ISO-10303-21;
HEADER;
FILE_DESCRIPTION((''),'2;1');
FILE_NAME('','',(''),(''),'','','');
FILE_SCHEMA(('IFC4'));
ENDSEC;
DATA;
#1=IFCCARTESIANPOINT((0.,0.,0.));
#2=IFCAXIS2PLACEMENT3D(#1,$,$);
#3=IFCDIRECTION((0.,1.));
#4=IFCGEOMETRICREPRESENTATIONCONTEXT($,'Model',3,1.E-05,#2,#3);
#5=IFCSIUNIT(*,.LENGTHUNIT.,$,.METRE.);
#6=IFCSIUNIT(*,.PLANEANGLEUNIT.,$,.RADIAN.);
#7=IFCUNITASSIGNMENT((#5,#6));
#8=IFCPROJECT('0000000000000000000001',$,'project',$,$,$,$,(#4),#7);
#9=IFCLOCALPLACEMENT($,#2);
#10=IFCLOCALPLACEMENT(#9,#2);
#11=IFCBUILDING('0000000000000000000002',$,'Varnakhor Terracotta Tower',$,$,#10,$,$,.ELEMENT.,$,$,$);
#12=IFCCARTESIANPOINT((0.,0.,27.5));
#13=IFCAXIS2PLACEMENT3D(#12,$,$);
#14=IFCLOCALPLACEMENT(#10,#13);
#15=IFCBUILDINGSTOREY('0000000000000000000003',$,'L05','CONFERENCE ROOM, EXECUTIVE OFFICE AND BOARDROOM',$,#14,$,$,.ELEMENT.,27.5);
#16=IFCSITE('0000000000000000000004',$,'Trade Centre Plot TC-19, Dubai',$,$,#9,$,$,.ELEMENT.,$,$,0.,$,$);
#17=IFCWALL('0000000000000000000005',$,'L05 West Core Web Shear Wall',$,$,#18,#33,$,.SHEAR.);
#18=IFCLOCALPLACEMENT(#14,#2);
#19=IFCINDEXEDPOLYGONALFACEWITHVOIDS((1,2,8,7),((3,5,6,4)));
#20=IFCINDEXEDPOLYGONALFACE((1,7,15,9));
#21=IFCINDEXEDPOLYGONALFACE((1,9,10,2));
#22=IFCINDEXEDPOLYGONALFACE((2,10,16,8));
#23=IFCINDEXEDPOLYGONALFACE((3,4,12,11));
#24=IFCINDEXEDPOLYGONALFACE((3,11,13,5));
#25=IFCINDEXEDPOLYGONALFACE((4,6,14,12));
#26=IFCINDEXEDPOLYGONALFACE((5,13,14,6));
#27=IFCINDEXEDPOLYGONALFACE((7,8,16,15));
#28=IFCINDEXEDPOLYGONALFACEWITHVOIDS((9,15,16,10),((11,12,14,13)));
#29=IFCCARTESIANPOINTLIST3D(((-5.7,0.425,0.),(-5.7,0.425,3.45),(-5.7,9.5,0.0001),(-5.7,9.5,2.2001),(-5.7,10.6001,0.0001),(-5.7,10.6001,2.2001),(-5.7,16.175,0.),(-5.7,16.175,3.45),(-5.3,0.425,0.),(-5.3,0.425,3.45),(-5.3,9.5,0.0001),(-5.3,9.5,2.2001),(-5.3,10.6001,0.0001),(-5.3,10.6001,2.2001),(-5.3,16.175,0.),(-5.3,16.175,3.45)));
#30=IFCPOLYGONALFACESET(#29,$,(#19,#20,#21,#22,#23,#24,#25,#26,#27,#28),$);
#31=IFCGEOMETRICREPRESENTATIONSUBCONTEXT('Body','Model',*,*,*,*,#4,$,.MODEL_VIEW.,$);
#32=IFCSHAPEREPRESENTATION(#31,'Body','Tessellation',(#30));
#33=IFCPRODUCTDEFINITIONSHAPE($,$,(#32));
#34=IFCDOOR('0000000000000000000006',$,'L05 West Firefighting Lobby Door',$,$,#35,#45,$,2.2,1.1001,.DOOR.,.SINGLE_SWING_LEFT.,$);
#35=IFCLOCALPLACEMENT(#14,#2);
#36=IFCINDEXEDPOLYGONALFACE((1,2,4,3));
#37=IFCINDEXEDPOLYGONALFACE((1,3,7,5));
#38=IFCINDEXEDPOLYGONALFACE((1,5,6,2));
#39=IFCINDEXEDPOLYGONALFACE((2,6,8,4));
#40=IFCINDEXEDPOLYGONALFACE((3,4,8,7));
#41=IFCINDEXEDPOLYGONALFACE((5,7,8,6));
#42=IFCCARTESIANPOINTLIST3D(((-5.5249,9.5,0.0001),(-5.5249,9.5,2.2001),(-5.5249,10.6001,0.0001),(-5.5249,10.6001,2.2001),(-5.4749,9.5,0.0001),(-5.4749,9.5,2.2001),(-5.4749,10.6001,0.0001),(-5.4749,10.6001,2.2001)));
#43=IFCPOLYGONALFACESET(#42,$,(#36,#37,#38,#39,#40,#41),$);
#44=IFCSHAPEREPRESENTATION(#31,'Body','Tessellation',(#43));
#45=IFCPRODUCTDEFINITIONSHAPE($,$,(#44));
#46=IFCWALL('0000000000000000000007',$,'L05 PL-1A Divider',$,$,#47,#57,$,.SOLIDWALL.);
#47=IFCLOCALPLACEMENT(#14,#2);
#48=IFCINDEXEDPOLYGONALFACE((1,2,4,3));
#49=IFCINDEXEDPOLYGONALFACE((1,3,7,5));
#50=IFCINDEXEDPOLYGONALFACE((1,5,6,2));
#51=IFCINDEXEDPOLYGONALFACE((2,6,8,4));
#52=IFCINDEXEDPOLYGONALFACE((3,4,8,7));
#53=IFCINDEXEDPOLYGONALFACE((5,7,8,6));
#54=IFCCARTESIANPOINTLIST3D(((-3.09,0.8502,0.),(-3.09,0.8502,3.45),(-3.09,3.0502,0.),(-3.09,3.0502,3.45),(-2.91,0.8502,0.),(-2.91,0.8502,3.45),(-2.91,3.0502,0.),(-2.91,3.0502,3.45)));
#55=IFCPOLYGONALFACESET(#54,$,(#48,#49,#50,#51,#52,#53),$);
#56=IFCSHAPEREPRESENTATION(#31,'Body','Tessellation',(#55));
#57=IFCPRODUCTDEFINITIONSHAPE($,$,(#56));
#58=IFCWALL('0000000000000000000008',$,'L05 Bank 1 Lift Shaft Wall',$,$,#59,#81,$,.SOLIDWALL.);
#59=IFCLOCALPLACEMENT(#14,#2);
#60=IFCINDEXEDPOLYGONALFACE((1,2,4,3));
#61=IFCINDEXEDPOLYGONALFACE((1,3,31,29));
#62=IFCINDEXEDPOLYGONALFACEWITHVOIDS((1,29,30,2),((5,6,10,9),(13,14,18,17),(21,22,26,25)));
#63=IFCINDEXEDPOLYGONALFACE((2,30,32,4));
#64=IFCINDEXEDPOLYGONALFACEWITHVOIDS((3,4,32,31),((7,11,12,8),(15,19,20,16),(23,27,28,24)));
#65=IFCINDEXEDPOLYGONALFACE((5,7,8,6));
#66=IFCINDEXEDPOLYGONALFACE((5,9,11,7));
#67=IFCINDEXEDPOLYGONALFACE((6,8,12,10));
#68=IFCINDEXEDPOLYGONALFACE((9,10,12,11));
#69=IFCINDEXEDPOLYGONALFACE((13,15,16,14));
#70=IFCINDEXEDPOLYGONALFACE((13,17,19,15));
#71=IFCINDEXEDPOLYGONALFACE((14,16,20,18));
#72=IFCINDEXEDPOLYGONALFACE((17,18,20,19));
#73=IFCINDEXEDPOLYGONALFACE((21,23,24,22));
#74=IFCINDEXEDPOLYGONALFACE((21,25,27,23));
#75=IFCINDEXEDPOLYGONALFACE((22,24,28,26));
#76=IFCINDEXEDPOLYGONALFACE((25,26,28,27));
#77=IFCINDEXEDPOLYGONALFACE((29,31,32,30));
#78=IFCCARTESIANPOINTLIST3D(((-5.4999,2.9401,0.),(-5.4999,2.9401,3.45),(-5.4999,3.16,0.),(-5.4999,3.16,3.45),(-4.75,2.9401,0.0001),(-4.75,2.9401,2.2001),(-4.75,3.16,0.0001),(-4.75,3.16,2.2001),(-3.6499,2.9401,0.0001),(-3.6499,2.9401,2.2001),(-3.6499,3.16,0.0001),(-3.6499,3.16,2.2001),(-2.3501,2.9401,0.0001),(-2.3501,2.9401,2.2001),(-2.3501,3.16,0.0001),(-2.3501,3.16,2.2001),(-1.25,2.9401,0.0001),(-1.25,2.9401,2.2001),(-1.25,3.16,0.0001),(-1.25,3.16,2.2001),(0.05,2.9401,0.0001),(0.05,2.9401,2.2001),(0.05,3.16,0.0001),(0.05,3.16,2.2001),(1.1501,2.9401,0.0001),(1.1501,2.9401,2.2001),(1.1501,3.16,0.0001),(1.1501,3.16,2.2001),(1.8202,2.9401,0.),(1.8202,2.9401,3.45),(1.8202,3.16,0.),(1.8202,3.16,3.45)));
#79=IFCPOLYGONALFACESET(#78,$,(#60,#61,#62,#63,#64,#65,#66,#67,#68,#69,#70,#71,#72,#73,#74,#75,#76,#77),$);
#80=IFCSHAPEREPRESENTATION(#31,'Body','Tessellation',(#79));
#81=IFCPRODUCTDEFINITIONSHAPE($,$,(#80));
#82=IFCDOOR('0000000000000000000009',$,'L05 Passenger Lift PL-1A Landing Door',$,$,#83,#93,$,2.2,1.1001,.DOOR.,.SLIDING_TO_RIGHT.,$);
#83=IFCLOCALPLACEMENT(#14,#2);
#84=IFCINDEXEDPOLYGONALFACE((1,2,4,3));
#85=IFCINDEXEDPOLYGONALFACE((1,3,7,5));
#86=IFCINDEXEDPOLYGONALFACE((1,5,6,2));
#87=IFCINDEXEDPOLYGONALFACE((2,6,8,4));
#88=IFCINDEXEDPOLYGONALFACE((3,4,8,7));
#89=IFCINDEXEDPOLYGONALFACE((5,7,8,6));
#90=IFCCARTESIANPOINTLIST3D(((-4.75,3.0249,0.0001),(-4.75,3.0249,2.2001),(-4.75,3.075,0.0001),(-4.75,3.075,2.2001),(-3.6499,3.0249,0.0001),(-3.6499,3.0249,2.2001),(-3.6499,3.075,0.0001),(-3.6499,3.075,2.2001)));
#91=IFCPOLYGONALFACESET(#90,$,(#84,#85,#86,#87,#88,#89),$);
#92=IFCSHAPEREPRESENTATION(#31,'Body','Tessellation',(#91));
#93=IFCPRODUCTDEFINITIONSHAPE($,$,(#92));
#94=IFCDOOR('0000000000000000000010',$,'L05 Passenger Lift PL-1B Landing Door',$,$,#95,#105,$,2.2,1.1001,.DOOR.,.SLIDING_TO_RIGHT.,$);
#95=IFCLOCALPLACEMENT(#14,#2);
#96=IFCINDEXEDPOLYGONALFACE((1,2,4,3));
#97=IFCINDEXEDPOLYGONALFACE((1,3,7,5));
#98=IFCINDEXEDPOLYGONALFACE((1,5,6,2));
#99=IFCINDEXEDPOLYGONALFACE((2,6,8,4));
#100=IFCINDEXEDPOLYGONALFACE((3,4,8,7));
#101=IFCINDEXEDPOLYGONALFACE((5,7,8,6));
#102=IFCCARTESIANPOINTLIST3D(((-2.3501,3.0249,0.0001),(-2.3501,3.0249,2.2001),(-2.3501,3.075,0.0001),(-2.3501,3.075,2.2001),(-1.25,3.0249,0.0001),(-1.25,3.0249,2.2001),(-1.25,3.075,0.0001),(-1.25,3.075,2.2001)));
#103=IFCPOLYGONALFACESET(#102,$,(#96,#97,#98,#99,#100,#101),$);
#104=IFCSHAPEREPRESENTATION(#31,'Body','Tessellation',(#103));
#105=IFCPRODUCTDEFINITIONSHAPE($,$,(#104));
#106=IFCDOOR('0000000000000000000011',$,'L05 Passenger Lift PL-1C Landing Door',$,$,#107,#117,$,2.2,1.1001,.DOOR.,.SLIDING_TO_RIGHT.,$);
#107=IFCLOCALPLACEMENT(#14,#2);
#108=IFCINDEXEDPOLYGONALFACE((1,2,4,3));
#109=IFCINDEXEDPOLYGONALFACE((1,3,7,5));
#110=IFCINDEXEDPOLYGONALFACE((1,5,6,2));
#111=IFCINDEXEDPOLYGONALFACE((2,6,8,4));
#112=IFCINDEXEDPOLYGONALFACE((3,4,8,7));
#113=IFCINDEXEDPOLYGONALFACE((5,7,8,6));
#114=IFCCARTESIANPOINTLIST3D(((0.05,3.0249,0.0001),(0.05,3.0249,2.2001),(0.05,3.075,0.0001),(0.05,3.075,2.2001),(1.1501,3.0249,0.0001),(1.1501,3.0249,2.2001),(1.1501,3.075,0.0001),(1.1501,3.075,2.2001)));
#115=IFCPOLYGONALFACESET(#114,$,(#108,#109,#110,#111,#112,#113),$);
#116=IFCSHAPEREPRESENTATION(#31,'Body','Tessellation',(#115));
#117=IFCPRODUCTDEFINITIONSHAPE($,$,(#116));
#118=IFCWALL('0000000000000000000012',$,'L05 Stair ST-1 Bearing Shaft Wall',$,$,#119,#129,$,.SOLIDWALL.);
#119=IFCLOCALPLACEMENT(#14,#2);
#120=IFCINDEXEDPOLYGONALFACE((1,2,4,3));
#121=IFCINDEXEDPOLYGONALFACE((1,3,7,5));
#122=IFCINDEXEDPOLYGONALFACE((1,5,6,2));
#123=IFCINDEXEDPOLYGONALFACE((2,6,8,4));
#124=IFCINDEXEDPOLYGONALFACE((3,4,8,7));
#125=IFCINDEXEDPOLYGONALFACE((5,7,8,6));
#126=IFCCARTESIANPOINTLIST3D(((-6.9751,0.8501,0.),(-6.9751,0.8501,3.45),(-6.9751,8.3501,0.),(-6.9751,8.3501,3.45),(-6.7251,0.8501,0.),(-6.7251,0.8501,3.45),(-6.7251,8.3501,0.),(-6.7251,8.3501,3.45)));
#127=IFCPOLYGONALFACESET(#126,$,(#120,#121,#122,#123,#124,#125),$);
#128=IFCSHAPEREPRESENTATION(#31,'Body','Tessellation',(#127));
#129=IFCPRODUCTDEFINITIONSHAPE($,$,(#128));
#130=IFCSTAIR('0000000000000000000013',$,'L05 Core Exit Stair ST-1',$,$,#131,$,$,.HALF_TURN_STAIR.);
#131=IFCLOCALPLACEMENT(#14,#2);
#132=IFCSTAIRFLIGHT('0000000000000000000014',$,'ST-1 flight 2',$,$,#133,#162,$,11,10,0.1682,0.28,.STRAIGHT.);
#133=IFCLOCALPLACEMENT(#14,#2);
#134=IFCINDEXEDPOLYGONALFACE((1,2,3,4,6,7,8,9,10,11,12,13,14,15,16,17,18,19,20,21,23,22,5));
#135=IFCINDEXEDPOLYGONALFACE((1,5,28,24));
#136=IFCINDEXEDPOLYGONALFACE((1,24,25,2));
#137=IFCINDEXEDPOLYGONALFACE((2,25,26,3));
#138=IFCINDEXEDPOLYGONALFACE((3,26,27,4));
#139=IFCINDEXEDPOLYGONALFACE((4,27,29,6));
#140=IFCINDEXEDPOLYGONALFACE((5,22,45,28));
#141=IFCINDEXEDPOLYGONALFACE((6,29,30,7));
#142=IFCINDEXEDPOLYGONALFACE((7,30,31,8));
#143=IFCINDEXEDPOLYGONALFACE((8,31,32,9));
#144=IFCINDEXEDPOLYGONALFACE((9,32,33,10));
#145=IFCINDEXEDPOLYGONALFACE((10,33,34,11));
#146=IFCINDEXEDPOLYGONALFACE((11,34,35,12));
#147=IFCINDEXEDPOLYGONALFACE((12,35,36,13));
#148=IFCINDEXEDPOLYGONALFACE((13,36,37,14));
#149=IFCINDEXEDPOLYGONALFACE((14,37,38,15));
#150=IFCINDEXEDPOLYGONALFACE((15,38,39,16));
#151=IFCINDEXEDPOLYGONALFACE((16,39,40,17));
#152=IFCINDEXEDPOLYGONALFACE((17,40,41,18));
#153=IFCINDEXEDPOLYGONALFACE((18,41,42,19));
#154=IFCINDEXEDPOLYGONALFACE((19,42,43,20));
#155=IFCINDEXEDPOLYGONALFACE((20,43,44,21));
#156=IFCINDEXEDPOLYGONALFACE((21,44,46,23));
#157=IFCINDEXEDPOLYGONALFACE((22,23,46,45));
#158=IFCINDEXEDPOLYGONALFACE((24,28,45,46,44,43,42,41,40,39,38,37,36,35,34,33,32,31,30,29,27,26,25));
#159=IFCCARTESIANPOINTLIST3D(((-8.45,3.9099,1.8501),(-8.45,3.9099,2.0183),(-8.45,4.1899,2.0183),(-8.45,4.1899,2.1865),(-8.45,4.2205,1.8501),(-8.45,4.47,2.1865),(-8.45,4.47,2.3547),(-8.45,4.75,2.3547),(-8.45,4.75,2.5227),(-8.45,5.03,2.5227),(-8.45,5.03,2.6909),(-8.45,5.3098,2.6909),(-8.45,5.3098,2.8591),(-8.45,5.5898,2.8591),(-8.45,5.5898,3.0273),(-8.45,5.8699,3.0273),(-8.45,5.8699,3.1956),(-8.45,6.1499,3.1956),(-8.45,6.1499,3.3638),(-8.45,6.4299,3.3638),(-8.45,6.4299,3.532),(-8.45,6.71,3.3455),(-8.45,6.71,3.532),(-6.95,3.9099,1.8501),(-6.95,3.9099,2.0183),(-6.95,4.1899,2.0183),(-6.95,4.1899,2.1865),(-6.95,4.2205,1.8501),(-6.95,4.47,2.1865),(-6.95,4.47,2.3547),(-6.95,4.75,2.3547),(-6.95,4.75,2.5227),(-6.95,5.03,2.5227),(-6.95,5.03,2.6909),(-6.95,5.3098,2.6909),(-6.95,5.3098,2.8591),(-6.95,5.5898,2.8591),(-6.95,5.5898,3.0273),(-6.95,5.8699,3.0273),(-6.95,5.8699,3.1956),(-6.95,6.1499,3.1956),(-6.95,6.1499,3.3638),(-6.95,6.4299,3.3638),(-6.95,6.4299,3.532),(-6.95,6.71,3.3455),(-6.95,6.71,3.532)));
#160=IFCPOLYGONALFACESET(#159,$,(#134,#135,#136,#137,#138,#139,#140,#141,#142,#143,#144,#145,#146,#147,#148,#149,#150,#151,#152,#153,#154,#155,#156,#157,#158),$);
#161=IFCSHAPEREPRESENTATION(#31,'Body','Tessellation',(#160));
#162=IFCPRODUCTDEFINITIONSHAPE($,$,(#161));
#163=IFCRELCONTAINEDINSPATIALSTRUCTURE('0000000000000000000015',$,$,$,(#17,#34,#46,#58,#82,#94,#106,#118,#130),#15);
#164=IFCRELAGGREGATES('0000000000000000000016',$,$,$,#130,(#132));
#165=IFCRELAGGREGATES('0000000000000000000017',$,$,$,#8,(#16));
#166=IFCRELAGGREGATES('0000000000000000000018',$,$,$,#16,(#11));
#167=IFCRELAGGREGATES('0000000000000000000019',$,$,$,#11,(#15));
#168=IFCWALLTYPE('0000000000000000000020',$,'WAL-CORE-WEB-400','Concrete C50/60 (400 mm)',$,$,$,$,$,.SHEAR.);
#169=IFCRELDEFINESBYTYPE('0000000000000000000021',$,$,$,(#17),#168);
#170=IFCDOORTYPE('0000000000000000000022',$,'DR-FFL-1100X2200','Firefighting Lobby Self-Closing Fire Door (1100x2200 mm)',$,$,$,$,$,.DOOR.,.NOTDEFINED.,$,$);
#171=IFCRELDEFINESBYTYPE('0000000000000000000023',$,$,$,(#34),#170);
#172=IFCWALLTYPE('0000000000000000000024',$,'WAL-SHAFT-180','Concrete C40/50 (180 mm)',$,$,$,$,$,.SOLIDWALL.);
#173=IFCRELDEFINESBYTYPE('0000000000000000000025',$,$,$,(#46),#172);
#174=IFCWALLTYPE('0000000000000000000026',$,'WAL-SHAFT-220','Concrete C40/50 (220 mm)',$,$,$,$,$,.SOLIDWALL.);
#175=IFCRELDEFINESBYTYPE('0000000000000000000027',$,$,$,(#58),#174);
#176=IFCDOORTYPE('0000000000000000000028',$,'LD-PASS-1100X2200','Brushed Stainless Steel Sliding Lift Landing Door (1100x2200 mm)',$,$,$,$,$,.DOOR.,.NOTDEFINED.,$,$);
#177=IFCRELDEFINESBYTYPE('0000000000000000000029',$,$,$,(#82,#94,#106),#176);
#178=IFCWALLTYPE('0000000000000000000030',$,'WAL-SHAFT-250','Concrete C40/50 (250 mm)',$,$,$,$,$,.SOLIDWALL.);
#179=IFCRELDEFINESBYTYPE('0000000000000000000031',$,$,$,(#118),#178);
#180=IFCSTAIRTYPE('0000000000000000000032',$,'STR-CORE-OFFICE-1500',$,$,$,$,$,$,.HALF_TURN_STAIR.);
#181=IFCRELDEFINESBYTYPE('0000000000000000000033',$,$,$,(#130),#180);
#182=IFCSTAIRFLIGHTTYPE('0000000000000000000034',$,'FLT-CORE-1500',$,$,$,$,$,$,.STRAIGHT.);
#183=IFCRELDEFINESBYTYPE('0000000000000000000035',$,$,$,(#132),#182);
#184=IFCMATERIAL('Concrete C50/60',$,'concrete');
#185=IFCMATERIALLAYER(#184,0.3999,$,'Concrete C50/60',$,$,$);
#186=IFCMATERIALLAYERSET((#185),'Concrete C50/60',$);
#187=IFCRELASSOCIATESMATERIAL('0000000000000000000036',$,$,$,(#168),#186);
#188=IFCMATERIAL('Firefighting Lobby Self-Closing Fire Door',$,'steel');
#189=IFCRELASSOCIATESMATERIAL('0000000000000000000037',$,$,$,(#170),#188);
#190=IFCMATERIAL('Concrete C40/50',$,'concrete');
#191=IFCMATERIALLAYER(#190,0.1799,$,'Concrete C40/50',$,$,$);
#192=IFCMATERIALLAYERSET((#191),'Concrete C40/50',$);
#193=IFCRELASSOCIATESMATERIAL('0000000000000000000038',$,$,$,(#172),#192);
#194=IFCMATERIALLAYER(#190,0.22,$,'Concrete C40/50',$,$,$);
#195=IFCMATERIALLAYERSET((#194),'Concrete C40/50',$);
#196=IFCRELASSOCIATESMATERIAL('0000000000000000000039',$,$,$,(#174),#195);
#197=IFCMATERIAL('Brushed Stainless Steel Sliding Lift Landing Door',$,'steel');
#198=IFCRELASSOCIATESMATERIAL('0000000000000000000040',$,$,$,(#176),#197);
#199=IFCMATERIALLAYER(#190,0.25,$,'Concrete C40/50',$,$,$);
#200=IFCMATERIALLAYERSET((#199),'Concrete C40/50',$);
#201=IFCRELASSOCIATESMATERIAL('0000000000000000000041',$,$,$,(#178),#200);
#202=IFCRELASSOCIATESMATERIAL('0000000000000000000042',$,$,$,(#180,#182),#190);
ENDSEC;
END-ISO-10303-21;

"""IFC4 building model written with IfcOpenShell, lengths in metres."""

from ifc_helpers import new_model, si_unit, direction, frame, frame_2d, origin, place, context, subcontext, project, spatial, polyline, rectangle, outline, extrude, source, transform, mapped, material, layer, layer_set, type_object, type_shapes, element, fill, aggregate, save


model = new_model("IFC4")

# Units and contexts
model_context = context("Model", 3, precision=1e-05, world=origin(), true_north=direction((0.0, 1.0)))
body_context = subcontext(model_context, "Body", "Model", "MODEL_VIEW")
ifc_project = project(units=[si_unit("LENGTHUNIT", "METRE"), si_unit("PLANEANGLEUNIT", "RADIAN")], contexts=[model_context])

# Site, building, storey
site_placement = place(None, origin())
site = spatial("IfcSite", under=ifc_project, at=site_placement, Name="Trade Centre Plot TC-19, Dubai", CompositionType="ELEMENT", RefElevation=0.0)
building_placement = place(site_placement, origin())
building = spatial("IfcBuilding", under=site, at=building_placement, Name="Varnakhor Terracotta Tower", CompositionType="ELEMENT")
storey_placement = place(building_placement, frame((0.0, 0.0, 27.5)))
storey = spatial("IfcBuildingStorey", under=building, at=storey_placement, Name="L05", Description="CONFERENCE ROOM, EXECUTIVE OFFICE AND BOARDROOM", CompositionType="ELEMENT", Elevation=27.5)

# Shared definitions
ifc_material_1 = material(Name="Concrete C50/60", Category="concrete")

# Wall, opening, door
ifc_layer_1 = layer(ifc_material_1, 0.3999, Name="Concrete C50/60")
ifc_layer_set_1 = layer_set([ifc_layer_1], Name="Concrete C50/60")
wall_type_1 = type_object("IfcWallType", Name="WAL-CORE-WEB-400", Description="Concrete C50/60 (400 mm)", PredefinedType="SHEAR", material=ifc_layer_set_1)
wall_1_placement = place(storey_placement, frame((-5.5, 0.425, 0.0), z_axis=(0.0, 0.0, 1.0), x_axis=(0.0, 1.0, 0.0)))
wall_1 = element("IfcWall", 1, at=wall_1_placement, inside=storey, type_object=wall_type_1, Name="L05 West Core Web Shear Wall", PredefinedType="SHEAR", context=body_context, shape_type="SweptSolid", body=[
    extrude(rectangle(XDim=15.75, YDim=0.3999, at=frame_2d((7.875, 0.0))), origin(), (0.0, 0.0, 1.0), 3.45),
])
opening_1_placement = place(wall_1_placement, frame((9.075, 0.0, 0.0)))
opening_1 = element("IfcOpeningElement", 2, at=opening_1_placement, cuts=wall_1, PredefinedType="OPENING", context=body_context, shape_type="SweptSolid", body=[
    extrude(rectangle(XDim=1.1001, YDim=2.2, at=frame_2d((0.55, 1.1001))), frame((0.0, 0.21, 0.0), z_axis=(0.0, -1.0, 0.0), x_axis=(1.0, 0.0, 0.0)), (0.0, 0.0, 1.0), 0.4199),
])
ifc_material_2 = material(Name="Firefighting Lobby Self-Closing Fire Door", Category="steel")
door_type_1 = type_object("IfcDoorType", Name="DR-FFL-1100X2200", Description="Firefighting Lobby Self-Closing Fire Door (1100x2200 mm)", OperationType="NOTDEFINED", PredefinedType="DOOR", material=ifc_material_2)
shared_shape_1 = source(origin(), body_context, "Body", "SweptSolid", [
    extrude(rectangle(XDim=1.1001, YDim=2.2, at=frame_2d((0.55, 1.1001))), frame((0.0, 0.0249, 0.0), z_axis=(0.0, -1.0, 0.0), x_axis=(1.0, 0.0, 0.0)), (0.0, 0.0, 1.0), 0.05),
])
type_shapes(door_type_1, [shared_shape_1])
door_1_placement = place(opening_1_placement, origin())
door_1 = element("IfcDoor", 3, at=door_1_placement, inside=storey, type_object=door_type_1, Name="L05 West Firefighting Lobby Door", OperationType="SINGLE_SWING_LEFT", OverallHeight=2.2, OverallWidth=1.1001, PredefinedType="DOOR", context=body_context, shape_type="MappedRepresentation", body=[
    mapped(shared_shape_1, transform((0.0, 0.0, 0.0), scale=1.0)),
])
fill(opening_1, door_1)

# Wall
ifc_material_3 = material(Name="Concrete C40/50", Category="concrete")
ifc_layer_2 = layer(ifc_material_3, 0.1799, Name="Concrete C40/50")
ifc_layer_set_2 = layer_set([ifc_layer_2], Name="Concrete C40/50")
wall_type_2 = type_object("IfcWallType", Name="WAL-SHAFT-180", Description="Concrete C40/50 (180 mm)", PredefinedType="SOLIDWALL", material=ifc_layer_set_2)
wall_2_placement = place(storey_placement, frame((-3.0, 0.8501, 0.0), z_axis=(0.0, 0.0, 1.0), x_axis=(0.0, 1.0, 0.0)))
element("IfcWall", 4, at=wall_2_placement, inside=storey, type_object=wall_type_2, Name="L05 PL-1A Divider", PredefinedType="SOLIDWALL", context=body_context, shape_type="SweptSolid", body=[
    extrude(rectangle(XDim=2.2, YDim=0.1799, at=frame_2d((1.1001, 0.0))), origin(), (0.0, 0.0, 1.0), 3.45),
])

# Wall, openings, doors
ifc_layer_3 = layer(ifc_material_3, 0.22, Name="Concrete C40/50")
ifc_layer_set_3 = layer_set([ifc_layer_3], Name="Concrete C40/50")
wall_type_3 = type_object("IfcWallType", Name="WAL-SHAFT-220", Description="Concrete C40/50 (220 mm)", PredefinedType="SOLIDWALL", material=ifc_layer_set_3)
wall_3_placement = place(storey_placement, frame((-5.5, 3.05, 0.0), z_axis=(0.0, 0.0, 1.0), x_axis=(1.0, 0.0, 0.0)))
wall_3 = element("IfcWall", 5, at=wall_3_placement, inside=storey, type_object=wall_type_3, Name="L05 Bank 1 Lift Shaft Wall", PredefinedType="SOLIDWALL", context=body_context, shape_type="SweptSolid", body=[
    extrude(rectangle(XDim=7.3201, YDim=0.22, at=frame_2d((3.6602, 0.0))), origin(), (0.0, 0.0, 1.0), 3.45),
])
opening_2_placement = place(wall_3_placement, frame((0.75, 0.0, 0.0)))
opening_2 = element("IfcOpeningElement", 6, at=opening_2_placement, cuts=wall_3, PredefinedType="OPENING", context=body_context, shape_type="SweptSolid", body=[
    extrude(rectangle(XDim=1.1001, YDim=2.2, at=frame_2d((0.55, 1.1001))), frame((0.0, 0.1201, 0.0), z_axis=(0.0, -1.0, 0.0), x_axis=(1.0, 0.0, 0.0)), (0.0, 0.0, 1.0), 0.24),
])
opening_3_placement = place(wall_3_placement, frame((3.1499, 0.0, 0.0)))
opening_3 = element("IfcOpeningElement", 7, at=opening_3_placement, cuts=wall_3, PredefinedType="OPENING", context=body_context, shape_type="SweptSolid", body=[
    extrude(rectangle(XDim=1.1001, YDim=2.2, at=frame_2d((0.55, 1.1001))), frame((0.0, 0.1201, 0.0), z_axis=(0.0, -1.0, 0.0), x_axis=(1.0, 0.0, 0.0)), (0.0, 0.0, 1.0), 0.24),
])
opening_4_placement = place(wall_3_placement, frame((5.55, 0.0, 0.0)))
opening_4 = element("IfcOpeningElement", 8, at=opening_4_placement, cuts=wall_3, PredefinedType="OPENING", context=body_context, shape_type="SweptSolid", body=[
    extrude(rectangle(XDim=1.1001, YDim=2.2, at=frame_2d((0.55, 1.1001))), frame((0.0, 0.1201, 0.0), z_axis=(0.0, -1.0, 0.0), x_axis=(1.0, 0.0, 0.0)), (0.0, 0.0, 1.0), 0.24),
])
ifc_material_4 = material(Name="Brushed Stainless Steel Sliding Lift Landing Door", Category="steel")
door_type_2 = type_object("IfcDoorType", Name="LD-PASS-1100X2200", Description="Brushed Stainless Steel Sliding Lift Landing Door (1100x2200 mm)", OperationType="NOTDEFINED", PredefinedType="DOOR", material=ifc_material_4)
shared_shape_2 = source(origin(), body_context, "Body", "SweptSolid", [
    extrude(rectangle(XDim=1.1001, YDim=2.2, at=frame_2d((0.55, 1.1001))), frame((0.0, 0.0249, 0.0), z_axis=(0.0, -1.0, 0.0), x_axis=(1.0, 0.0, 0.0)), (0.0, 0.0, 1.0), 0.05),
])
type_shapes(door_type_2, [shared_shape_2])
door_2_placement = place(opening_2_placement, origin())
door_2 = element("IfcDoor", 9, at=door_2_placement, inside=storey, type_object=door_type_2, Name="L05 Passenger Lift PL-1A Landing Door", OperationType="SLIDING_TO_RIGHT", OverallHeight=2.2, OverallWidth=1.1001, PredefinedType="DOOR", context=body_context, shape_type="MappedRepresentation", body=[
    mapped(shared_shape_2, transform((0.0, 0.0, 0.0), scale=1.0)),
])
fill(opening_2, door_2)
door_3_placement = place(opening_3_placement, origin())
door_3 = element("IfcDoor", 10, at=door_3_placement, inside=storey, type_object=door_type_2, Name="L05 Passenger Lift PL-1B Landing Door", OperationType="SLIDING_TO_RIGHT", OverallHeight=2.2, OverallWidth=1.1001, PredefinedType="DOOR", context=body_context, shape_type="MappedRepresentation", body=[
    mapped(shared_shape_2, transform((0.0, 0.0, 0.0), scale=1.0)),
])
fill(opening_3, door_3)
door_4_placement = place(opening_4_placement, origin())
door_4 = element("IfcDoor", 11, at=door_4_placement, inside=storey, type_object=door_type_2, Name="L05 Passenger Lift PL-1C Landing Door", OperationType="SLIDING_TO_RIGHT", OverallHeight=2.2, OverallWidth=1.1001, PredefinedType="DOOR", context=body_context, shape_type="MappedRepresentation", body=[
    mapped(shared_shape_2, transform((0.0, 0.0, 0.0), scale=1.0)),
])
fill(opening_4, door_4)

# Wall
ifc_layer_4 = layer(ifc_material_3, 0.25, Name="Concrete C40/50")
ifc_layer_set_4 = layer_set([ifc_layer_4], Name="Concrete C40/50")
wall_type_4 = type_object("IfcWallType", Name="WAL-SHAFT-250", Description="Concrete C40/50 (250 mm)", PredefinedType="SOLIDWALL", material=ifc_layer_set_4)
wall_4_placement = place(storey_placement, frame((-6.8501, 0.8501, 0.0), z_axis=(0.0, 0.0, 1.0), x_axis=(0.0, 1.0, 0.0)))
element("IfcWall", 12, at=wall_4_placement, inside=storey, type_object=wall_type_4, Name="L05 Stair ST-1 Bearing Shaft Wall", PredefinedType="SOLIDWALL", context=body_context, shape_type="SweptSolid", body=[
    extrude(rectangle(XDim=7.5, YDim=0.25, at=frame_2d((3.75, 0.0))), origin(), (0.0, 0.0, 1.0), 3.45),
])

# Stair, stair flight
stair_type = type_object("IfcStairType", Name="STR-CORE-OFFICE-1500", PredefinedType="HALF_TURN_STAIR", material=ifc_material_3)
stair_placement = place(storey_placement, origin())
stair = element("IfcStair", 13, at=stair_placement, inside=storey, type_object=stair_type, Name="L05 Core Exit Stair ST-1", PredefinedType="HALF_TURN_STAIR")
stair_flight_type = type_object("IfcStairFlightType", Name="FLT-CORE-1500", PredefinedType="STRAIGHT", material=ifc_material_3)
stair_flight_placement = place(storey_placement, frame((-7.7, 3.9099, 1.8501), z_axis=(0.0, 0.0, 1.0), x_axis=(0.0, 1.0, 0.0)))
stair_flight = element("IfcStairFlight", 14, at=stair_flight_placement, type_object=stair_flight_type, Name="ST-1 flight 2", NumberOfRisers=11, NumberOfTreads=10, PredefinedType="STRAIGHT", RiserHeight=0.1682, TreadLength=0.28, context=body_context, shape_type="SweptSolid", body=[
    extrude(outline(polyline([(0.0, 0.0), (0.0, 0.1682), (0.28, 0.1682), (0.28, 0.3364), (0.5601, 0.3364), (0.5601, 0.5046), (0.8401, 0.5046), (0.8401, 0.6726), (1.1201, 0.6726), (1.1201, 0.8408), (1.3999, 0.8408), (1.3999, 1.009), (1.6799, 1.009), (1.6799, 1.1772), (1.96, 1.1772), (1.96, 1.3455), (2.24, 1.3455), (2.24, 1.5137), (2.52, 1.5137), (2.52, 1.6819), (2.8, 1.6819), (2.8, 1.8501), (2.8, 1.4954), (0.3105, 0.0), (0.0, 0.0)])), frame((0.0, 0.75, 0.0), z_axis=(0.0, -1.0, 0.0), x_axis=(1.0, 0.0, 0.0)), (0.0, 0.0, 1.0), 1.5),
])
aggregate(stair, [stair_flight])

save(model, "model.ifc")
